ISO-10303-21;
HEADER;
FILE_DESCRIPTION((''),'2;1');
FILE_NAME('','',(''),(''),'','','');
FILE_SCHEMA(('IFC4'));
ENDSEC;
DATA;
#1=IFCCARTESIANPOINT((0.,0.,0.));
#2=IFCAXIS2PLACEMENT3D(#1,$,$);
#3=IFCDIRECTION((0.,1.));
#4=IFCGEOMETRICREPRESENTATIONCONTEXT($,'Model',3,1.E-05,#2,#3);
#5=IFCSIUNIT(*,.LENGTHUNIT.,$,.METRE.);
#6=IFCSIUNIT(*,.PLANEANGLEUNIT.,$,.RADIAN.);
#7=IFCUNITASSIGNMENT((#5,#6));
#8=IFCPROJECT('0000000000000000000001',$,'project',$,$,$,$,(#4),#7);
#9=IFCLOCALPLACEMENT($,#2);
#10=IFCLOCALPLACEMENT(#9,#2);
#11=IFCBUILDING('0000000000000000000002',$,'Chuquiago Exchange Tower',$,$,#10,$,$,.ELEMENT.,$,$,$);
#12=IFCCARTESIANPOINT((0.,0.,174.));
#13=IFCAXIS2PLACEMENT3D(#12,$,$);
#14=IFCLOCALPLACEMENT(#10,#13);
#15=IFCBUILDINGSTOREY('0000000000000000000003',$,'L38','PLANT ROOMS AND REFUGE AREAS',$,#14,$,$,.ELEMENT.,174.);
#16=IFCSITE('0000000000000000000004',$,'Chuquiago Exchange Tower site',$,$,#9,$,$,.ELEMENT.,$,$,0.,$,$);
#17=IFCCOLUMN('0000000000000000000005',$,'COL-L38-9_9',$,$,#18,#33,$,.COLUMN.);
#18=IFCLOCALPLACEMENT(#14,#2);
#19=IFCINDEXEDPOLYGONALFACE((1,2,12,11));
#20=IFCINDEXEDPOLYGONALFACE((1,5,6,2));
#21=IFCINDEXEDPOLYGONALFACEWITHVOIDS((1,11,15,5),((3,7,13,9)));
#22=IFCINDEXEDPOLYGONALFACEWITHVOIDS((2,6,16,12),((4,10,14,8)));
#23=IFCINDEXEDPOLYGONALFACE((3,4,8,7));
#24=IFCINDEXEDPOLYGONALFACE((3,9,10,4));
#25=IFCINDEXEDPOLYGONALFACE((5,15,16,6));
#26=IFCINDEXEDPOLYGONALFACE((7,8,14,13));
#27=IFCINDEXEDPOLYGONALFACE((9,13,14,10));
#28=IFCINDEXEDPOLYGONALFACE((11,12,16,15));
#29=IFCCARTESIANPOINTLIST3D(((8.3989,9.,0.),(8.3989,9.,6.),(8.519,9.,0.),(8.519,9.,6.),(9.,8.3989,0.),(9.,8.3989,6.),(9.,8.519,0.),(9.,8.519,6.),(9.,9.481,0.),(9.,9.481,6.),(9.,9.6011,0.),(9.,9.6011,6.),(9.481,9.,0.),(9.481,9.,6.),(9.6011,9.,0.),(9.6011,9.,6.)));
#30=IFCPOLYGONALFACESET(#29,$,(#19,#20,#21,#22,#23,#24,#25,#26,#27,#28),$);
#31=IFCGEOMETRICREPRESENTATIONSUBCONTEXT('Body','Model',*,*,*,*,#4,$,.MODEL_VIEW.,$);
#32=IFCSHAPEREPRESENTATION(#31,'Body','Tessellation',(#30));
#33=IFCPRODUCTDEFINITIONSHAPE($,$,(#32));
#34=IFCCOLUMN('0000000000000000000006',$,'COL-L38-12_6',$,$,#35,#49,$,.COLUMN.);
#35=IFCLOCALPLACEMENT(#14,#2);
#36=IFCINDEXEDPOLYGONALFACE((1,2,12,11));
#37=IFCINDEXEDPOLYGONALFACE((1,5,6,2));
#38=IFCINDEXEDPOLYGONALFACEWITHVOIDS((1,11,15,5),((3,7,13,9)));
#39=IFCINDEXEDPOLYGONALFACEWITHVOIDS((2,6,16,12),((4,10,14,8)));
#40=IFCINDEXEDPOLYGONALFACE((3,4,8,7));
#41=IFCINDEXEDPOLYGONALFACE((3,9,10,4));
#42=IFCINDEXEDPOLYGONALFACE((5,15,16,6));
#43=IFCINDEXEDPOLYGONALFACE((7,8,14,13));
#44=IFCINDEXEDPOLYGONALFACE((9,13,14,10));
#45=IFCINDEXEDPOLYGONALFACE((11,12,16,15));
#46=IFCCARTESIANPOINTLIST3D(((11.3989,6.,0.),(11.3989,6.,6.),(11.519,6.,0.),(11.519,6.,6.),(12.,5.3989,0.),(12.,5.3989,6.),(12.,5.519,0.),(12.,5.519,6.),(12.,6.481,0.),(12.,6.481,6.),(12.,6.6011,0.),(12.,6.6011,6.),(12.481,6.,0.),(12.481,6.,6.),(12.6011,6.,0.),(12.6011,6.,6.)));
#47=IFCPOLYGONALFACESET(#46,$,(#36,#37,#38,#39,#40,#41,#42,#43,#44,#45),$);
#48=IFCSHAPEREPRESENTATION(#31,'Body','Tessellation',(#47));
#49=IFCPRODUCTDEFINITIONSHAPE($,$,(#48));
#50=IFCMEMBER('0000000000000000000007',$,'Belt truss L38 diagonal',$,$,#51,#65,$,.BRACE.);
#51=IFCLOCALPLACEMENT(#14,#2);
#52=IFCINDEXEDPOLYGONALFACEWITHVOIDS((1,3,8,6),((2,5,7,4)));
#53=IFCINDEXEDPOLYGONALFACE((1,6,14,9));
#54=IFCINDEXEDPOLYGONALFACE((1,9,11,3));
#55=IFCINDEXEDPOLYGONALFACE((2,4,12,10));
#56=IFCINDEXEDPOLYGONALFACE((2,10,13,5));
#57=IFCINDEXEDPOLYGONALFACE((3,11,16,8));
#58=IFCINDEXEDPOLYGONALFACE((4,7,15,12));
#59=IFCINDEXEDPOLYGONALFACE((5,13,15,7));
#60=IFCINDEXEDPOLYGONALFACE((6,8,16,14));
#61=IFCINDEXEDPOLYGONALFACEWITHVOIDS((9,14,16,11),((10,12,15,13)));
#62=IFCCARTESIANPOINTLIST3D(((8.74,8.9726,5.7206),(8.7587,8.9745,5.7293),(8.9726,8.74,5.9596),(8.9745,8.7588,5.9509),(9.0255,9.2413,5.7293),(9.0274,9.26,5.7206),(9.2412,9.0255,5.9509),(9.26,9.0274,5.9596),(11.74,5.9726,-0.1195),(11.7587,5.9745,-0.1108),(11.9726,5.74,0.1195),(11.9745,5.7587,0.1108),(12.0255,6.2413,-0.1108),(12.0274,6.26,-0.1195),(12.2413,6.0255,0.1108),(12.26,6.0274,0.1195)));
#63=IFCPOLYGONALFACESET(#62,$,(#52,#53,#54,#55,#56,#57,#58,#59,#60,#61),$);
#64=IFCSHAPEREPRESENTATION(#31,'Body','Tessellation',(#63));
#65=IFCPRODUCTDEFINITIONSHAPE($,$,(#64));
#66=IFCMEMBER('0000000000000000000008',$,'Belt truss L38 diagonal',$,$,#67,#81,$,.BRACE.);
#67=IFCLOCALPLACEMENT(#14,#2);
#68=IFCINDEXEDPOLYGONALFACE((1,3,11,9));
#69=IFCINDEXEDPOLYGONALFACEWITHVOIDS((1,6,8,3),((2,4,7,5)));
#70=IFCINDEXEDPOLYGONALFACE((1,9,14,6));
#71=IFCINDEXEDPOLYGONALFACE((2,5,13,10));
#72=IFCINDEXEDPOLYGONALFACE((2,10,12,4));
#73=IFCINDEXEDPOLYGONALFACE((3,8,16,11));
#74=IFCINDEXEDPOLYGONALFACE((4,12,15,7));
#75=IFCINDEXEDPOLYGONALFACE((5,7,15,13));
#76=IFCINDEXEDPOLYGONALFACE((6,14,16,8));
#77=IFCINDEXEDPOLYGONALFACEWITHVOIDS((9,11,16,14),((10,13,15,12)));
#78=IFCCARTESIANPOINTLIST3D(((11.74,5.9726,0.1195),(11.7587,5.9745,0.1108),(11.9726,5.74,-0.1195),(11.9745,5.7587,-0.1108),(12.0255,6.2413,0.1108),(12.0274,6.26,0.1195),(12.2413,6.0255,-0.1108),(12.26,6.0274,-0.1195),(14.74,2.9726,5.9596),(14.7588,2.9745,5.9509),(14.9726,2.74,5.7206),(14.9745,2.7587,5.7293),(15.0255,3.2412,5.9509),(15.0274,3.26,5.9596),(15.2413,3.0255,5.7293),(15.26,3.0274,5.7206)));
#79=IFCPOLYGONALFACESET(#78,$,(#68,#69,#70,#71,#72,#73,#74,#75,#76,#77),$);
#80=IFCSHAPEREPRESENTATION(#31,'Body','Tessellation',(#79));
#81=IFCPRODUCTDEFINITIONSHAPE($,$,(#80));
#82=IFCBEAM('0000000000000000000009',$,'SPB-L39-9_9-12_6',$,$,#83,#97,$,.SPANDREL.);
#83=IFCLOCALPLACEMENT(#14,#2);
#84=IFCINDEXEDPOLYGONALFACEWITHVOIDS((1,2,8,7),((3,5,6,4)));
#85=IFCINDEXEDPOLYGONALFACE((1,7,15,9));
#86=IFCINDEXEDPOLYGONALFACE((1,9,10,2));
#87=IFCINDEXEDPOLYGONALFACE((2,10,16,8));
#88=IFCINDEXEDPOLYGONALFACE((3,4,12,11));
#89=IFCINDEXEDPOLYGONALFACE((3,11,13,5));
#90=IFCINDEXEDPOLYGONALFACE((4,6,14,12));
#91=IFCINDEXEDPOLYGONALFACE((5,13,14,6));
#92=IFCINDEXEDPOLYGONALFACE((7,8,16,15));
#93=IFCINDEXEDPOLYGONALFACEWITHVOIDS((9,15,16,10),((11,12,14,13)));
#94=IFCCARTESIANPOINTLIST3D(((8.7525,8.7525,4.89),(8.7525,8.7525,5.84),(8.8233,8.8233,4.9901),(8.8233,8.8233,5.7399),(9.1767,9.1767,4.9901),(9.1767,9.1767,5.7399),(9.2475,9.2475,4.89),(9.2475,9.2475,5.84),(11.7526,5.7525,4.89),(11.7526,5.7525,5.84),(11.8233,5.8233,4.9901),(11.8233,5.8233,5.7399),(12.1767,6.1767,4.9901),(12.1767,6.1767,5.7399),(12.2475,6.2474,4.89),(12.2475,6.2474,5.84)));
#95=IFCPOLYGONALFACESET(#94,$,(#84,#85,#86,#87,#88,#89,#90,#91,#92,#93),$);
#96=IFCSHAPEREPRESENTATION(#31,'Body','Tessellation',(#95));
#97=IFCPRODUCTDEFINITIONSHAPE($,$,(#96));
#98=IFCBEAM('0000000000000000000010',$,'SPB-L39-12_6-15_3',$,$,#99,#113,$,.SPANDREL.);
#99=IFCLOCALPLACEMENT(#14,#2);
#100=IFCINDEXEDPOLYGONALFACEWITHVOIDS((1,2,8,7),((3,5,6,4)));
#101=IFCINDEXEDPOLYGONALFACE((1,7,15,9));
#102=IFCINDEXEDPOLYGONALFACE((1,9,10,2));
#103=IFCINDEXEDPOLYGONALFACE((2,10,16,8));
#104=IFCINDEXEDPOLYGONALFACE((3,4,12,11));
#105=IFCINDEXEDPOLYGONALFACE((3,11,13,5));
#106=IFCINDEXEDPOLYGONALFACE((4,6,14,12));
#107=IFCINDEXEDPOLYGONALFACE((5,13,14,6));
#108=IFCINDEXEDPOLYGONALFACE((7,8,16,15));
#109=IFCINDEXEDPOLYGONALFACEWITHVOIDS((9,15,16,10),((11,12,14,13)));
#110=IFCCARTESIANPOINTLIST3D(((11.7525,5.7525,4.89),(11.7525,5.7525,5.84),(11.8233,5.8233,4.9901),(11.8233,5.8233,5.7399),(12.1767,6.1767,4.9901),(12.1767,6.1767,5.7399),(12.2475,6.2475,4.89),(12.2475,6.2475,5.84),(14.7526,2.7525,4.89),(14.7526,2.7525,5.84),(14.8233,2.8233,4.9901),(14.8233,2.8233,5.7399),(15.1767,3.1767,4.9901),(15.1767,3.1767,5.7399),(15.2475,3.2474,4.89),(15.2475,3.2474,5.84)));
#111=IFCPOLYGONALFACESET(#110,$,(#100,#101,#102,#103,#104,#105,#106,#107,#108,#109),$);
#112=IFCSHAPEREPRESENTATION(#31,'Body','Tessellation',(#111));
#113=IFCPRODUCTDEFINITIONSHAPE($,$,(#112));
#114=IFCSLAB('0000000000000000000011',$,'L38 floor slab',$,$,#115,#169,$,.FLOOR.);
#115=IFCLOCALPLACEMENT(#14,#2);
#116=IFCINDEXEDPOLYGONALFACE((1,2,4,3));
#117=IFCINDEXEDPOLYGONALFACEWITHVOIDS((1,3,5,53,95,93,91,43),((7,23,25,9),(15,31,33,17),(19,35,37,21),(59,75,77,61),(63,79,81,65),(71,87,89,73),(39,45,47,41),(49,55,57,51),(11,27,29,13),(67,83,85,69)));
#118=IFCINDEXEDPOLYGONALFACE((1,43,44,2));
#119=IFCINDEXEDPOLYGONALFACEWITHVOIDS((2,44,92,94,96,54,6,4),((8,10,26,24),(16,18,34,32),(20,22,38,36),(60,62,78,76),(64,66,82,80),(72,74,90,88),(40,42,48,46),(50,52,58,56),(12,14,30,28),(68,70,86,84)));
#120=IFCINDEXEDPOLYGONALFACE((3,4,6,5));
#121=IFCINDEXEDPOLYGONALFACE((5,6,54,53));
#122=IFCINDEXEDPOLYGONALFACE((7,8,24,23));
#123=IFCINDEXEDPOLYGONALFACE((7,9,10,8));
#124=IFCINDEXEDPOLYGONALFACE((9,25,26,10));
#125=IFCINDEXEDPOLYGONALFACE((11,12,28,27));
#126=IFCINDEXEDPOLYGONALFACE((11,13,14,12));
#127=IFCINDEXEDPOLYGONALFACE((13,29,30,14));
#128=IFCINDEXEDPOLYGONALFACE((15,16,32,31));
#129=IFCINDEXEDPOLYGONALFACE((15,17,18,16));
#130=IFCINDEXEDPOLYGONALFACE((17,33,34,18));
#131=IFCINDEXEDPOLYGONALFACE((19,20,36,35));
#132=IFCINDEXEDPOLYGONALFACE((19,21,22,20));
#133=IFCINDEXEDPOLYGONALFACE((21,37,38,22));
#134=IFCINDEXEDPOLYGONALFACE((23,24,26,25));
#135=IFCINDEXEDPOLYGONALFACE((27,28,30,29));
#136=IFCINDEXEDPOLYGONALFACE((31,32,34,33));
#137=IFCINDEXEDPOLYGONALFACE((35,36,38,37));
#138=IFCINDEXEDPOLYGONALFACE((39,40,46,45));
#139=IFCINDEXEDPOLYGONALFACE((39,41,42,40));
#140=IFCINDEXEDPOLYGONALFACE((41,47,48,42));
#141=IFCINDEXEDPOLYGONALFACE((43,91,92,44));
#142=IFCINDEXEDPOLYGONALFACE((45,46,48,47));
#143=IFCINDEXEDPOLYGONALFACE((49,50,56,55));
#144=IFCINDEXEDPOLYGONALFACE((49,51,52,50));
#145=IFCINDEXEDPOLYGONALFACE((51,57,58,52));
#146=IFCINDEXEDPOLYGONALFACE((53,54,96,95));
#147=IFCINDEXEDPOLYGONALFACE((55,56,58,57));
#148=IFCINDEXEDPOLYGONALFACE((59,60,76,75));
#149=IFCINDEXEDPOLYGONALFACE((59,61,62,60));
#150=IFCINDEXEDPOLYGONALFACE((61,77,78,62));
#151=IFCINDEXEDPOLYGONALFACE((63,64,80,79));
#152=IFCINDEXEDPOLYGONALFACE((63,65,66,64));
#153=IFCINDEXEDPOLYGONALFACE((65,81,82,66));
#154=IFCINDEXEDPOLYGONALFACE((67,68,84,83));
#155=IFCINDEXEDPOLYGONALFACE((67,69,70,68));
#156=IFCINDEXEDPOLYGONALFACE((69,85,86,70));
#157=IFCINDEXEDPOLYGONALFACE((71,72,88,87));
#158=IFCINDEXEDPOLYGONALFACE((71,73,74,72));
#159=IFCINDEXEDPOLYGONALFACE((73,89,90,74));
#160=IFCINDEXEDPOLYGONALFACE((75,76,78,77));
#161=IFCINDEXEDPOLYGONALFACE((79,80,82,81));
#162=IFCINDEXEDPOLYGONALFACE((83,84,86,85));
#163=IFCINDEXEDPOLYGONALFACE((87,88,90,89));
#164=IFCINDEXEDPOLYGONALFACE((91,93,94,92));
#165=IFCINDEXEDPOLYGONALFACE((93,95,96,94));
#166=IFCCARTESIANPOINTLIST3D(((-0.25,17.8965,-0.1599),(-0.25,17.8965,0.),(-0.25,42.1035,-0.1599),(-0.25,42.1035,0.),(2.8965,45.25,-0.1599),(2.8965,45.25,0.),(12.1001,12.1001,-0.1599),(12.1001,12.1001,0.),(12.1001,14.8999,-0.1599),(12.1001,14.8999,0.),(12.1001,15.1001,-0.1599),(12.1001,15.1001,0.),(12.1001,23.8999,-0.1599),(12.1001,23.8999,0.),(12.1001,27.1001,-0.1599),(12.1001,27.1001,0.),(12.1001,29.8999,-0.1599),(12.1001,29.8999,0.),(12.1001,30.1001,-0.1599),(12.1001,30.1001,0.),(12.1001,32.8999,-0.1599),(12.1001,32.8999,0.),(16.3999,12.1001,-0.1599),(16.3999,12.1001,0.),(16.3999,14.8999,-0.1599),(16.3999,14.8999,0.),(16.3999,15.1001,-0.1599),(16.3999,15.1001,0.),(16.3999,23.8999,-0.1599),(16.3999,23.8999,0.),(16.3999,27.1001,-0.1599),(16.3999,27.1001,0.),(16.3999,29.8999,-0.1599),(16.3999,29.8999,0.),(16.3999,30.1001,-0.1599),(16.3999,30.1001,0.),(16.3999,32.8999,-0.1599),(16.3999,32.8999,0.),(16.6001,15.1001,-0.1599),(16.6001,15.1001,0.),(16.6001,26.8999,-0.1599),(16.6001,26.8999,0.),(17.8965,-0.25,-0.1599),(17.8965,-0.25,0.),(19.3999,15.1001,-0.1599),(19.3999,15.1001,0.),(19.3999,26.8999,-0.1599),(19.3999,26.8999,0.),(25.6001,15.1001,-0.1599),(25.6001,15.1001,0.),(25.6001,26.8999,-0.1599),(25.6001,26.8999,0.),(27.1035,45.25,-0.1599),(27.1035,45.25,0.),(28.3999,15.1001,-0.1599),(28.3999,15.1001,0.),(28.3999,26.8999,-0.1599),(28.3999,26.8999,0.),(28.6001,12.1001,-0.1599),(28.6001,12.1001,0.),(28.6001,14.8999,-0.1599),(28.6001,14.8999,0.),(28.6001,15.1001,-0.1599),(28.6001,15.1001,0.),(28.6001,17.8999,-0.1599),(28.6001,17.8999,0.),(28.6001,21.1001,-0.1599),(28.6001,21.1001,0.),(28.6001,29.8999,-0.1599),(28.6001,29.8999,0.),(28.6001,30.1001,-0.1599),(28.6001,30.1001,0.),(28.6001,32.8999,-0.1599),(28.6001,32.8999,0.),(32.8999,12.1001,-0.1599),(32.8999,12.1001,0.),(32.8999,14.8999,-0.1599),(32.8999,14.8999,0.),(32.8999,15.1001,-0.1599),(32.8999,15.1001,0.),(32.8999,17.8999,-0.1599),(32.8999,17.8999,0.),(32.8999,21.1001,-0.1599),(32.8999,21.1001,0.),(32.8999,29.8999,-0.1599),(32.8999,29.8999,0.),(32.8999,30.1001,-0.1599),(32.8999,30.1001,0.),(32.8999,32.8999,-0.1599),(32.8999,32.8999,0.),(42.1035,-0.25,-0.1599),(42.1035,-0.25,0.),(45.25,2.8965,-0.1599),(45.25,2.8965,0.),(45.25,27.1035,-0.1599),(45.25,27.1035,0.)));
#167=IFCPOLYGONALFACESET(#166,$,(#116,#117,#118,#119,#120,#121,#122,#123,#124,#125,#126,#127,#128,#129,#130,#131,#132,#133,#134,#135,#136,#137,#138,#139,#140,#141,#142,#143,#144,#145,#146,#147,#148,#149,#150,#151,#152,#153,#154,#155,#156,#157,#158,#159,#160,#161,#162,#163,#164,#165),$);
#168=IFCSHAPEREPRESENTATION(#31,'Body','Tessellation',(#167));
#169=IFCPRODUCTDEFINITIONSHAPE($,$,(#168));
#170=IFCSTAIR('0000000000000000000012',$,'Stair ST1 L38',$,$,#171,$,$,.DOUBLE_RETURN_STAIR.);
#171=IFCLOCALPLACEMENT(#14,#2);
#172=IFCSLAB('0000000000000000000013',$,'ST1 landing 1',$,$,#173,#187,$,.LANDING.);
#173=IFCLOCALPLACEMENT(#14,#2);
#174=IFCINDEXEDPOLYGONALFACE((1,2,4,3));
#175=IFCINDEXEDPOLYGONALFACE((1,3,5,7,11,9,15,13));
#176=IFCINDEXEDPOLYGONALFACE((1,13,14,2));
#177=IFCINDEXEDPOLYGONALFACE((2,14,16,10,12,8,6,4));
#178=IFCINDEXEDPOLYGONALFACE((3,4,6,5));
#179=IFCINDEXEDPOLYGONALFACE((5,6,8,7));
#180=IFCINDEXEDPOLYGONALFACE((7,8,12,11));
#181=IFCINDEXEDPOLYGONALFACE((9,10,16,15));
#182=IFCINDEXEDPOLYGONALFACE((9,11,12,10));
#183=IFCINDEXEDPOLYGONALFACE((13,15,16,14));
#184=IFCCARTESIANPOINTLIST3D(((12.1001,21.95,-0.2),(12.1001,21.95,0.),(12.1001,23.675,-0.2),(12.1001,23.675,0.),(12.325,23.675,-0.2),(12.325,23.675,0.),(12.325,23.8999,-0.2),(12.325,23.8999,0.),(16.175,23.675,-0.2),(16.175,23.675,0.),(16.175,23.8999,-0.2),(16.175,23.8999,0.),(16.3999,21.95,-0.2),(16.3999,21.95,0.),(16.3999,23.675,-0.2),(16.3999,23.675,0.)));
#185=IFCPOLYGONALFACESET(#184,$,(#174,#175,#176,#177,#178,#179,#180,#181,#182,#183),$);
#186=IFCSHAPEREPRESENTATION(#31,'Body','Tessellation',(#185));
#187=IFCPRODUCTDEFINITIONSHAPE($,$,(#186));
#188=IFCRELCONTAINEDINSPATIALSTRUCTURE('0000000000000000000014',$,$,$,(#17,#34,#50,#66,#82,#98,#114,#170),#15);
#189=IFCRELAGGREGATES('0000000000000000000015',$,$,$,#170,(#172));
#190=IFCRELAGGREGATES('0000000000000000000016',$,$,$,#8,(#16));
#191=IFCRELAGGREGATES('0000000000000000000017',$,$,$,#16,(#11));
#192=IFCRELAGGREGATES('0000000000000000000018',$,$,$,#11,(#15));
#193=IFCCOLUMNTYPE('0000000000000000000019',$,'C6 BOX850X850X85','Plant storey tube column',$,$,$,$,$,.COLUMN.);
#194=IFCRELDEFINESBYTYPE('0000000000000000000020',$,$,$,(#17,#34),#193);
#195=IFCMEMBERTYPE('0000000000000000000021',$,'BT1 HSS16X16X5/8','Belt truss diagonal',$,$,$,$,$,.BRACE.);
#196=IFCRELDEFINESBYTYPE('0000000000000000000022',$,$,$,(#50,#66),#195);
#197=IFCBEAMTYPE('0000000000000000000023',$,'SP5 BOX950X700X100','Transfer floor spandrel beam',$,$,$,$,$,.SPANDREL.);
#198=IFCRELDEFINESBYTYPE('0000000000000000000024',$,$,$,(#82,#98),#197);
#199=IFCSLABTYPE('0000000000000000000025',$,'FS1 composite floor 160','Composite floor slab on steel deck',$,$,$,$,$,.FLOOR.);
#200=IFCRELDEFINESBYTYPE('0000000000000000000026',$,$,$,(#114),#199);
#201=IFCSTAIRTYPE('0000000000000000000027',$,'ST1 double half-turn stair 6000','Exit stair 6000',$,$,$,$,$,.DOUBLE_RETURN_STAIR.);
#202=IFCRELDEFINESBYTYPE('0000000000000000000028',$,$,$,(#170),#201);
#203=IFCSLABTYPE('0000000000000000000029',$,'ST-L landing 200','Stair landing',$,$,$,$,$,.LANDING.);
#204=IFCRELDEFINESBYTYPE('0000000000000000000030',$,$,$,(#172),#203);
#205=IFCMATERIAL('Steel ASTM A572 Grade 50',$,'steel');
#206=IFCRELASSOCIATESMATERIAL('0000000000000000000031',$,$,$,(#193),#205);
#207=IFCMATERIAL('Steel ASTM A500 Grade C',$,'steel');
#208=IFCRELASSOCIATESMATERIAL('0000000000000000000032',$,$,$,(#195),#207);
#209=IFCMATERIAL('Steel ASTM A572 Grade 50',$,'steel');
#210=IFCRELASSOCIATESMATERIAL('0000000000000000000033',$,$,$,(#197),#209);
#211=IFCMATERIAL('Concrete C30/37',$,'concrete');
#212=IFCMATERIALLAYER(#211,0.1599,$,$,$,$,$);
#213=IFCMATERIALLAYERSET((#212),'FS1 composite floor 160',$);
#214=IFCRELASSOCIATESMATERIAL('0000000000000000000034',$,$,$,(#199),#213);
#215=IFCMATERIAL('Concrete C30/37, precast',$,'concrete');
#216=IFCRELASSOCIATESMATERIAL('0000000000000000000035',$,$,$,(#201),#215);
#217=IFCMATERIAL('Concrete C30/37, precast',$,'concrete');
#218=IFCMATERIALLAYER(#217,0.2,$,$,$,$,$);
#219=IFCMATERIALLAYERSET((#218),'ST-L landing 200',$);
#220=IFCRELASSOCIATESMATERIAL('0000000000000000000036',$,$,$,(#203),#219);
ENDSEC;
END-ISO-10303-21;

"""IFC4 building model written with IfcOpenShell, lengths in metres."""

from ifc_helpers import new_model, si_unit, direction, frame, origin, origin_2d, place, context, subcontext, project, spatial, polyline, hollow_rectangle, outline, extrude, material, layer, layer_set, material_profile, profile_set, type_object, element, aggregate, save


model = new_model("IFC4")

# Units and contexts
model_context = context("Model", 3, precision=1e-05, world=origin(), true_north=direction((0.0, 1.0)))
body_context = subcontext(model_context, "Body", "Model", "MODEL_VIEW")
ifc_project = project(units=[si_unit("LENGTHUNIT", "METRE"), si_unit("PLANEANGLEUNIT", "RADIAN")], contexts=[model_context])

# Site, building, storey
site_placement = place(None, origin())
site = spatial("IfcSite", under=ifc_project, at=site_placement, Name="Chuquiago Exchange Tower site", CompositionType="ELEMENT", RefElevation=0.0)
building_placement = place(site_placement, origin())
building = spatial("IfcBuilding", under=site, at=building_placement, Name="Chuquiago Exchange Tower", CompositionType="ELEMENT")
storey_placement = place(building_placement, frame((0.0, 0.0, 174.0)))
storey = spatial("IfcBuildingStorey", under=building, at=storey_placement, Name="L38", Description="PLANT ROOMS AND REFUGE AREAS", CompositionType="ELEMENT", Elevation=174.0)

# Columns
ifc_material_1 = material(Name="Steel ASTM A572 Grade 50", Category="steel")
ifc_material_profile_1 = material_profile(ifc_material_1, hollow_rectangle(XDim=0.8501, YDim=0.8501, WallThickness=0.085, at=origin_2d()), Name="BOX850X850X85")
ifc_profile_set_1 = profile_set([ifc_material_profile_1], Name="Steel ASTM A572 Grade 50")
column_type = type_object("IfcColumnType", Name="C6 BOX850X850X85", Description="Plant storey tube column", PredefinedType="COLUMN", material=ifc_profile_set_1)
for number, where, z_axis, x_axis, name in (
    (1, (9.0, 9.0, 0.0), (0.0, 0.0, 1.0), (-0.707107, -0.707107, 0.0), "COL-L38-9_9"),
    (2, (12.0, 6.0, 0.0), (0.0, 0.0, 1.0), (-0.707107, -0.707107, 0.0), "COL-L38-12_6"),
):
    element("IfcColumn", number, at=place(storey_placement, frame(where, z_axis=z_axis, x_axis=x_axis)), inside=storey, type_object=column_type, Name=name, PredefinedType="COLUMN", context=body_context, shape_type="SweptSolid", body=[
        extrude(hollow_rectangle(XDim=0.8501, YDim=0.8501, WallThickness=0.085, at=origin_2d()), origin(), (0.0, 0.0, 1.0), 6.0),
    ])

# Members
ifc_material_2 = material(Name="Steel ASTM A500 Grade C", Category="steel")
ifc_material_profile_2 = material_profile(ifc_material_2, hollow_rectangle(XDim=0.4065, YDim=0.4065, WallThickness=0.0146, at=origin_2d()), Name="HSS16X16X5/8")
ifc_profile_set_2 = profile_set([ifc_material_profile_2], Name="Steel ASTM A500 Grade C")
member_type = type_object("IfcMemberType", Name="BT1 HSS16X16X5/8", Description="Belt truss diagonal", PredefinedType="BRACE", material=ifc_profile_set_2)
for number, where, z_axis, x_axis, name in (
    (3, (12.0, 6.0, 0.0), (-0.415599, 0.415599, 0.809045), (-0.707107, -0.707107, 0.0), "Belt truss L38 diagonal"),
    (4, (12.0, 6.0, 0.0), (0.415599, -0.415599, 0.809045), (0.707107, 0.707107, 0.0), "Belt truss L38 diagonal"),
):
    element("IfcMember", number, at=place(storey_placement, frame(where, z_axis=z_axis, x_axis=x_axis)), inside=storey, type_object=member_type, Name=name, PredefinedType="BRACE", context=body_context, shape_type="SweptSolid", body=[
        extrude(hollow_rectangle(XDim=0.4065, YDim=0.4065, WallThickness=0.0146, at=origin_2d()), origin(), (0.0, 0.0, 1.0), 7.2185),
    ])

# Beams
ifc_material_3 = material(Name="Steel ASTM A572 Grade 50", Category="steel")
ifc_material_profile_3 = material_profile(ifc_material_3, hollow_rectangle(XDim=0.7, YDim=0.95, WallThickness=0.1001, at=origin_2d()), Name="BOX950X700X100")
ifc_profile_set_3 = profile_set([ifc_material_profile_3], Name="Steel ASTM A572 Grade 50")
beam_type = type_object("IfcBeamType", Name="SP5 BOX950X700X100", Description="Transfer floor spandrel beam", PredefinedType="SPANDREL", material=ifc_profile_set_3)
for number, where, z_axis, x_axis, name in (
    (5, (9.0, 9.0, 5.365), (0.707107, -0.707107, 0.0), (0.707107, 0.707107, 0.0), "SPB-L39-9_9-12_6"),
    (6, (12.0, 6.0, 5.365), (0.707107, -0.707107, 0.0), (0.707107, 0.707107, 0.0), "SPB-L39-12_6-15_3"),
):
    element("IfcBeam", number, at=place(storey_placement, frame(where, z_axis=z_axis, x_axis=x_axis)), inside=storey, type_object=beam_type, Name=name, PredefinedType="SPANDREL", context=body_context, shape_type="SweptSolid", body=[
        extrude(hollow_rectangle(XDim=0.7, YDim=0.95, WallThickness=0.1001, at=origin_2d()), origin(), (0.0, 0.0, 1.0), 4.2427),
    ])

# Slab
ifc_material_4 = material(Name="Concrete C30/37", Category="concrete")
ifc_layer_1 = layer(ifc_material_4, 0.1599)
ifc_layer_set_1 = layer_set([ifc_layer_1], Name="FS1 composite floor 160")
slab_type_1 = type_object("IfcSlabType", Name="FS1 composite floor 160", Description="Composite floor slab on steel deck", PredefinedType="FLOOR", material=ifc_layer_set_1)
slab_1_placement = place(storey_placement, frame((0.0, 0.0, -0.1599)))
element("IfcSlab", 7, at=slab_1_placement, inside=storey, type_object=slab_type_1, Name="L38 floor slab", PredefinedType="FLOOR", context=body_context, shape_type="SweptSolid", body=[
    extrude(outline(polyline([(17.8965, -0.25), (-0.25, 17.8965), (-0.25, 42.1035), (2.8965, 45.25), (27.1035, 45.25), (45.25, 27.1035), (45.25, 2.8965), (42.1035, -0.25), (17.8965, -0.25)]), holes=[polyline([(16.3999, 15.1001), (12.1001, 15.1001), (12.1001, 23.8999), (16.3999, 23.8999), (16.3999, 15.1001)]), polyline([(32.8999, 21.1001), (28.6001, 21.1001), (28.6001, 29.8999), (32.8999, 29.8999), (32.8999, 21.1001)]), polyline([(16.3999, 12.1001), (12.1001, 12.1001), (12.1001, 14.8999), (16.3999, 14.8999), (16.3999, 12.1001)]), polyline([(16.3999, 30.1001), (12.1001, 30.1001), (12.1001, 32.8999), (16.3999, 32.8999), (16.3999, 30.1001)]), polyline([(32.8999, 12.1001), (28.6001, 12.1001), (28.6001, 14.8999), (32.8999, 14.8999), (32.8999, 12.1001)]), polyline([(32.8999, 30.1001), (28.6001, 30.1001), (28.6001, 32.8999), (32.8999, 32.8999), (32.8999, 30.1001)]), polyline([(16.3999, 27.1001), (12.1001, 27.1001), (12.1001, 29.8999), (16.3999, 29.8999), (16.3999, 27.1001)]), polyline([(32.8999, 15.1001), (28.6001, 15.1001), (28.6001, 17.8999), (32.8999, 17.8999), (32.8999, 15.1001)]), polyline([(19.3999, 15.1001), (16.6001, 15.1001), (16.6001, 26.8999), (19.3999, 26.8999), (19.3999, 15.1001)]), polyline([(28.3999, 15.1001), (25.6001, 15.1001), (25.6001, 26.8999), (28.3999, 26.8999), (28.3999, 15.1001)])]), origin(), (0.0, 0.0, 1.0), 0.1599),
])

# Stair, slab
ifc_material_5 = material(Name="Concrete C30/37, precast", Category="concrete")
stair_type_1 = type_object("IfcStairType", Name="ST1 double half-turn stair 6000", Description="Exit stair 6000", PredefinedType="DOUBLE_RETURN_STAIR", material=ifc_material_5)
stair_1_placement = place(storey_placement, origin())
stair_1 = element("IfcStair", 8, at=stair_1_placement, inside=storey, type_object=stair_type_1, Name="Stair ST1 L38", PredefinedType="DOUBLE_RETURN_STAIR")
ifc_material_6 = material(Name="Concrete C30/37, precast", Category="concrete")
ifc_layer_2 = layer(ifc_material_6, 0.2)
ifc_layer_set_2 = layer_set([ifc_layer_2], Name="ST-L landing 200")
slab_type_2 = type_object("IfcSlabType", Name="ST-L landing 200", Description="Stair landing", PredefinedType="LANDING", material=ifc_layer_set_2)
slab_2_placement = place(storey_placement, frame((0.0, 0.0, -0.2)))
slab_2 = element("IfcSlab", 9, at=slab_2_placement, type_object=slab_type_2, Name="ST1 landing 1", PredefinedType="LANDING", context=body_context, shape_type="SweptSolid", body=[
    extrude(outline(polyline([(12.325, 23.8999), (16.175, 23.8999), (16.175, 23.675), (16.3999, 23.675), (16.3999, 21.95), (12.1001, 21.95), (12.1001, 23.675), (12.325, 23.675), (12.325, 23.8999)])), origin(), (0.0, 0.0, 1.0), 0.2),
])
aggregate(stair_1, [slab_2])

save(model, "model.ifc")
